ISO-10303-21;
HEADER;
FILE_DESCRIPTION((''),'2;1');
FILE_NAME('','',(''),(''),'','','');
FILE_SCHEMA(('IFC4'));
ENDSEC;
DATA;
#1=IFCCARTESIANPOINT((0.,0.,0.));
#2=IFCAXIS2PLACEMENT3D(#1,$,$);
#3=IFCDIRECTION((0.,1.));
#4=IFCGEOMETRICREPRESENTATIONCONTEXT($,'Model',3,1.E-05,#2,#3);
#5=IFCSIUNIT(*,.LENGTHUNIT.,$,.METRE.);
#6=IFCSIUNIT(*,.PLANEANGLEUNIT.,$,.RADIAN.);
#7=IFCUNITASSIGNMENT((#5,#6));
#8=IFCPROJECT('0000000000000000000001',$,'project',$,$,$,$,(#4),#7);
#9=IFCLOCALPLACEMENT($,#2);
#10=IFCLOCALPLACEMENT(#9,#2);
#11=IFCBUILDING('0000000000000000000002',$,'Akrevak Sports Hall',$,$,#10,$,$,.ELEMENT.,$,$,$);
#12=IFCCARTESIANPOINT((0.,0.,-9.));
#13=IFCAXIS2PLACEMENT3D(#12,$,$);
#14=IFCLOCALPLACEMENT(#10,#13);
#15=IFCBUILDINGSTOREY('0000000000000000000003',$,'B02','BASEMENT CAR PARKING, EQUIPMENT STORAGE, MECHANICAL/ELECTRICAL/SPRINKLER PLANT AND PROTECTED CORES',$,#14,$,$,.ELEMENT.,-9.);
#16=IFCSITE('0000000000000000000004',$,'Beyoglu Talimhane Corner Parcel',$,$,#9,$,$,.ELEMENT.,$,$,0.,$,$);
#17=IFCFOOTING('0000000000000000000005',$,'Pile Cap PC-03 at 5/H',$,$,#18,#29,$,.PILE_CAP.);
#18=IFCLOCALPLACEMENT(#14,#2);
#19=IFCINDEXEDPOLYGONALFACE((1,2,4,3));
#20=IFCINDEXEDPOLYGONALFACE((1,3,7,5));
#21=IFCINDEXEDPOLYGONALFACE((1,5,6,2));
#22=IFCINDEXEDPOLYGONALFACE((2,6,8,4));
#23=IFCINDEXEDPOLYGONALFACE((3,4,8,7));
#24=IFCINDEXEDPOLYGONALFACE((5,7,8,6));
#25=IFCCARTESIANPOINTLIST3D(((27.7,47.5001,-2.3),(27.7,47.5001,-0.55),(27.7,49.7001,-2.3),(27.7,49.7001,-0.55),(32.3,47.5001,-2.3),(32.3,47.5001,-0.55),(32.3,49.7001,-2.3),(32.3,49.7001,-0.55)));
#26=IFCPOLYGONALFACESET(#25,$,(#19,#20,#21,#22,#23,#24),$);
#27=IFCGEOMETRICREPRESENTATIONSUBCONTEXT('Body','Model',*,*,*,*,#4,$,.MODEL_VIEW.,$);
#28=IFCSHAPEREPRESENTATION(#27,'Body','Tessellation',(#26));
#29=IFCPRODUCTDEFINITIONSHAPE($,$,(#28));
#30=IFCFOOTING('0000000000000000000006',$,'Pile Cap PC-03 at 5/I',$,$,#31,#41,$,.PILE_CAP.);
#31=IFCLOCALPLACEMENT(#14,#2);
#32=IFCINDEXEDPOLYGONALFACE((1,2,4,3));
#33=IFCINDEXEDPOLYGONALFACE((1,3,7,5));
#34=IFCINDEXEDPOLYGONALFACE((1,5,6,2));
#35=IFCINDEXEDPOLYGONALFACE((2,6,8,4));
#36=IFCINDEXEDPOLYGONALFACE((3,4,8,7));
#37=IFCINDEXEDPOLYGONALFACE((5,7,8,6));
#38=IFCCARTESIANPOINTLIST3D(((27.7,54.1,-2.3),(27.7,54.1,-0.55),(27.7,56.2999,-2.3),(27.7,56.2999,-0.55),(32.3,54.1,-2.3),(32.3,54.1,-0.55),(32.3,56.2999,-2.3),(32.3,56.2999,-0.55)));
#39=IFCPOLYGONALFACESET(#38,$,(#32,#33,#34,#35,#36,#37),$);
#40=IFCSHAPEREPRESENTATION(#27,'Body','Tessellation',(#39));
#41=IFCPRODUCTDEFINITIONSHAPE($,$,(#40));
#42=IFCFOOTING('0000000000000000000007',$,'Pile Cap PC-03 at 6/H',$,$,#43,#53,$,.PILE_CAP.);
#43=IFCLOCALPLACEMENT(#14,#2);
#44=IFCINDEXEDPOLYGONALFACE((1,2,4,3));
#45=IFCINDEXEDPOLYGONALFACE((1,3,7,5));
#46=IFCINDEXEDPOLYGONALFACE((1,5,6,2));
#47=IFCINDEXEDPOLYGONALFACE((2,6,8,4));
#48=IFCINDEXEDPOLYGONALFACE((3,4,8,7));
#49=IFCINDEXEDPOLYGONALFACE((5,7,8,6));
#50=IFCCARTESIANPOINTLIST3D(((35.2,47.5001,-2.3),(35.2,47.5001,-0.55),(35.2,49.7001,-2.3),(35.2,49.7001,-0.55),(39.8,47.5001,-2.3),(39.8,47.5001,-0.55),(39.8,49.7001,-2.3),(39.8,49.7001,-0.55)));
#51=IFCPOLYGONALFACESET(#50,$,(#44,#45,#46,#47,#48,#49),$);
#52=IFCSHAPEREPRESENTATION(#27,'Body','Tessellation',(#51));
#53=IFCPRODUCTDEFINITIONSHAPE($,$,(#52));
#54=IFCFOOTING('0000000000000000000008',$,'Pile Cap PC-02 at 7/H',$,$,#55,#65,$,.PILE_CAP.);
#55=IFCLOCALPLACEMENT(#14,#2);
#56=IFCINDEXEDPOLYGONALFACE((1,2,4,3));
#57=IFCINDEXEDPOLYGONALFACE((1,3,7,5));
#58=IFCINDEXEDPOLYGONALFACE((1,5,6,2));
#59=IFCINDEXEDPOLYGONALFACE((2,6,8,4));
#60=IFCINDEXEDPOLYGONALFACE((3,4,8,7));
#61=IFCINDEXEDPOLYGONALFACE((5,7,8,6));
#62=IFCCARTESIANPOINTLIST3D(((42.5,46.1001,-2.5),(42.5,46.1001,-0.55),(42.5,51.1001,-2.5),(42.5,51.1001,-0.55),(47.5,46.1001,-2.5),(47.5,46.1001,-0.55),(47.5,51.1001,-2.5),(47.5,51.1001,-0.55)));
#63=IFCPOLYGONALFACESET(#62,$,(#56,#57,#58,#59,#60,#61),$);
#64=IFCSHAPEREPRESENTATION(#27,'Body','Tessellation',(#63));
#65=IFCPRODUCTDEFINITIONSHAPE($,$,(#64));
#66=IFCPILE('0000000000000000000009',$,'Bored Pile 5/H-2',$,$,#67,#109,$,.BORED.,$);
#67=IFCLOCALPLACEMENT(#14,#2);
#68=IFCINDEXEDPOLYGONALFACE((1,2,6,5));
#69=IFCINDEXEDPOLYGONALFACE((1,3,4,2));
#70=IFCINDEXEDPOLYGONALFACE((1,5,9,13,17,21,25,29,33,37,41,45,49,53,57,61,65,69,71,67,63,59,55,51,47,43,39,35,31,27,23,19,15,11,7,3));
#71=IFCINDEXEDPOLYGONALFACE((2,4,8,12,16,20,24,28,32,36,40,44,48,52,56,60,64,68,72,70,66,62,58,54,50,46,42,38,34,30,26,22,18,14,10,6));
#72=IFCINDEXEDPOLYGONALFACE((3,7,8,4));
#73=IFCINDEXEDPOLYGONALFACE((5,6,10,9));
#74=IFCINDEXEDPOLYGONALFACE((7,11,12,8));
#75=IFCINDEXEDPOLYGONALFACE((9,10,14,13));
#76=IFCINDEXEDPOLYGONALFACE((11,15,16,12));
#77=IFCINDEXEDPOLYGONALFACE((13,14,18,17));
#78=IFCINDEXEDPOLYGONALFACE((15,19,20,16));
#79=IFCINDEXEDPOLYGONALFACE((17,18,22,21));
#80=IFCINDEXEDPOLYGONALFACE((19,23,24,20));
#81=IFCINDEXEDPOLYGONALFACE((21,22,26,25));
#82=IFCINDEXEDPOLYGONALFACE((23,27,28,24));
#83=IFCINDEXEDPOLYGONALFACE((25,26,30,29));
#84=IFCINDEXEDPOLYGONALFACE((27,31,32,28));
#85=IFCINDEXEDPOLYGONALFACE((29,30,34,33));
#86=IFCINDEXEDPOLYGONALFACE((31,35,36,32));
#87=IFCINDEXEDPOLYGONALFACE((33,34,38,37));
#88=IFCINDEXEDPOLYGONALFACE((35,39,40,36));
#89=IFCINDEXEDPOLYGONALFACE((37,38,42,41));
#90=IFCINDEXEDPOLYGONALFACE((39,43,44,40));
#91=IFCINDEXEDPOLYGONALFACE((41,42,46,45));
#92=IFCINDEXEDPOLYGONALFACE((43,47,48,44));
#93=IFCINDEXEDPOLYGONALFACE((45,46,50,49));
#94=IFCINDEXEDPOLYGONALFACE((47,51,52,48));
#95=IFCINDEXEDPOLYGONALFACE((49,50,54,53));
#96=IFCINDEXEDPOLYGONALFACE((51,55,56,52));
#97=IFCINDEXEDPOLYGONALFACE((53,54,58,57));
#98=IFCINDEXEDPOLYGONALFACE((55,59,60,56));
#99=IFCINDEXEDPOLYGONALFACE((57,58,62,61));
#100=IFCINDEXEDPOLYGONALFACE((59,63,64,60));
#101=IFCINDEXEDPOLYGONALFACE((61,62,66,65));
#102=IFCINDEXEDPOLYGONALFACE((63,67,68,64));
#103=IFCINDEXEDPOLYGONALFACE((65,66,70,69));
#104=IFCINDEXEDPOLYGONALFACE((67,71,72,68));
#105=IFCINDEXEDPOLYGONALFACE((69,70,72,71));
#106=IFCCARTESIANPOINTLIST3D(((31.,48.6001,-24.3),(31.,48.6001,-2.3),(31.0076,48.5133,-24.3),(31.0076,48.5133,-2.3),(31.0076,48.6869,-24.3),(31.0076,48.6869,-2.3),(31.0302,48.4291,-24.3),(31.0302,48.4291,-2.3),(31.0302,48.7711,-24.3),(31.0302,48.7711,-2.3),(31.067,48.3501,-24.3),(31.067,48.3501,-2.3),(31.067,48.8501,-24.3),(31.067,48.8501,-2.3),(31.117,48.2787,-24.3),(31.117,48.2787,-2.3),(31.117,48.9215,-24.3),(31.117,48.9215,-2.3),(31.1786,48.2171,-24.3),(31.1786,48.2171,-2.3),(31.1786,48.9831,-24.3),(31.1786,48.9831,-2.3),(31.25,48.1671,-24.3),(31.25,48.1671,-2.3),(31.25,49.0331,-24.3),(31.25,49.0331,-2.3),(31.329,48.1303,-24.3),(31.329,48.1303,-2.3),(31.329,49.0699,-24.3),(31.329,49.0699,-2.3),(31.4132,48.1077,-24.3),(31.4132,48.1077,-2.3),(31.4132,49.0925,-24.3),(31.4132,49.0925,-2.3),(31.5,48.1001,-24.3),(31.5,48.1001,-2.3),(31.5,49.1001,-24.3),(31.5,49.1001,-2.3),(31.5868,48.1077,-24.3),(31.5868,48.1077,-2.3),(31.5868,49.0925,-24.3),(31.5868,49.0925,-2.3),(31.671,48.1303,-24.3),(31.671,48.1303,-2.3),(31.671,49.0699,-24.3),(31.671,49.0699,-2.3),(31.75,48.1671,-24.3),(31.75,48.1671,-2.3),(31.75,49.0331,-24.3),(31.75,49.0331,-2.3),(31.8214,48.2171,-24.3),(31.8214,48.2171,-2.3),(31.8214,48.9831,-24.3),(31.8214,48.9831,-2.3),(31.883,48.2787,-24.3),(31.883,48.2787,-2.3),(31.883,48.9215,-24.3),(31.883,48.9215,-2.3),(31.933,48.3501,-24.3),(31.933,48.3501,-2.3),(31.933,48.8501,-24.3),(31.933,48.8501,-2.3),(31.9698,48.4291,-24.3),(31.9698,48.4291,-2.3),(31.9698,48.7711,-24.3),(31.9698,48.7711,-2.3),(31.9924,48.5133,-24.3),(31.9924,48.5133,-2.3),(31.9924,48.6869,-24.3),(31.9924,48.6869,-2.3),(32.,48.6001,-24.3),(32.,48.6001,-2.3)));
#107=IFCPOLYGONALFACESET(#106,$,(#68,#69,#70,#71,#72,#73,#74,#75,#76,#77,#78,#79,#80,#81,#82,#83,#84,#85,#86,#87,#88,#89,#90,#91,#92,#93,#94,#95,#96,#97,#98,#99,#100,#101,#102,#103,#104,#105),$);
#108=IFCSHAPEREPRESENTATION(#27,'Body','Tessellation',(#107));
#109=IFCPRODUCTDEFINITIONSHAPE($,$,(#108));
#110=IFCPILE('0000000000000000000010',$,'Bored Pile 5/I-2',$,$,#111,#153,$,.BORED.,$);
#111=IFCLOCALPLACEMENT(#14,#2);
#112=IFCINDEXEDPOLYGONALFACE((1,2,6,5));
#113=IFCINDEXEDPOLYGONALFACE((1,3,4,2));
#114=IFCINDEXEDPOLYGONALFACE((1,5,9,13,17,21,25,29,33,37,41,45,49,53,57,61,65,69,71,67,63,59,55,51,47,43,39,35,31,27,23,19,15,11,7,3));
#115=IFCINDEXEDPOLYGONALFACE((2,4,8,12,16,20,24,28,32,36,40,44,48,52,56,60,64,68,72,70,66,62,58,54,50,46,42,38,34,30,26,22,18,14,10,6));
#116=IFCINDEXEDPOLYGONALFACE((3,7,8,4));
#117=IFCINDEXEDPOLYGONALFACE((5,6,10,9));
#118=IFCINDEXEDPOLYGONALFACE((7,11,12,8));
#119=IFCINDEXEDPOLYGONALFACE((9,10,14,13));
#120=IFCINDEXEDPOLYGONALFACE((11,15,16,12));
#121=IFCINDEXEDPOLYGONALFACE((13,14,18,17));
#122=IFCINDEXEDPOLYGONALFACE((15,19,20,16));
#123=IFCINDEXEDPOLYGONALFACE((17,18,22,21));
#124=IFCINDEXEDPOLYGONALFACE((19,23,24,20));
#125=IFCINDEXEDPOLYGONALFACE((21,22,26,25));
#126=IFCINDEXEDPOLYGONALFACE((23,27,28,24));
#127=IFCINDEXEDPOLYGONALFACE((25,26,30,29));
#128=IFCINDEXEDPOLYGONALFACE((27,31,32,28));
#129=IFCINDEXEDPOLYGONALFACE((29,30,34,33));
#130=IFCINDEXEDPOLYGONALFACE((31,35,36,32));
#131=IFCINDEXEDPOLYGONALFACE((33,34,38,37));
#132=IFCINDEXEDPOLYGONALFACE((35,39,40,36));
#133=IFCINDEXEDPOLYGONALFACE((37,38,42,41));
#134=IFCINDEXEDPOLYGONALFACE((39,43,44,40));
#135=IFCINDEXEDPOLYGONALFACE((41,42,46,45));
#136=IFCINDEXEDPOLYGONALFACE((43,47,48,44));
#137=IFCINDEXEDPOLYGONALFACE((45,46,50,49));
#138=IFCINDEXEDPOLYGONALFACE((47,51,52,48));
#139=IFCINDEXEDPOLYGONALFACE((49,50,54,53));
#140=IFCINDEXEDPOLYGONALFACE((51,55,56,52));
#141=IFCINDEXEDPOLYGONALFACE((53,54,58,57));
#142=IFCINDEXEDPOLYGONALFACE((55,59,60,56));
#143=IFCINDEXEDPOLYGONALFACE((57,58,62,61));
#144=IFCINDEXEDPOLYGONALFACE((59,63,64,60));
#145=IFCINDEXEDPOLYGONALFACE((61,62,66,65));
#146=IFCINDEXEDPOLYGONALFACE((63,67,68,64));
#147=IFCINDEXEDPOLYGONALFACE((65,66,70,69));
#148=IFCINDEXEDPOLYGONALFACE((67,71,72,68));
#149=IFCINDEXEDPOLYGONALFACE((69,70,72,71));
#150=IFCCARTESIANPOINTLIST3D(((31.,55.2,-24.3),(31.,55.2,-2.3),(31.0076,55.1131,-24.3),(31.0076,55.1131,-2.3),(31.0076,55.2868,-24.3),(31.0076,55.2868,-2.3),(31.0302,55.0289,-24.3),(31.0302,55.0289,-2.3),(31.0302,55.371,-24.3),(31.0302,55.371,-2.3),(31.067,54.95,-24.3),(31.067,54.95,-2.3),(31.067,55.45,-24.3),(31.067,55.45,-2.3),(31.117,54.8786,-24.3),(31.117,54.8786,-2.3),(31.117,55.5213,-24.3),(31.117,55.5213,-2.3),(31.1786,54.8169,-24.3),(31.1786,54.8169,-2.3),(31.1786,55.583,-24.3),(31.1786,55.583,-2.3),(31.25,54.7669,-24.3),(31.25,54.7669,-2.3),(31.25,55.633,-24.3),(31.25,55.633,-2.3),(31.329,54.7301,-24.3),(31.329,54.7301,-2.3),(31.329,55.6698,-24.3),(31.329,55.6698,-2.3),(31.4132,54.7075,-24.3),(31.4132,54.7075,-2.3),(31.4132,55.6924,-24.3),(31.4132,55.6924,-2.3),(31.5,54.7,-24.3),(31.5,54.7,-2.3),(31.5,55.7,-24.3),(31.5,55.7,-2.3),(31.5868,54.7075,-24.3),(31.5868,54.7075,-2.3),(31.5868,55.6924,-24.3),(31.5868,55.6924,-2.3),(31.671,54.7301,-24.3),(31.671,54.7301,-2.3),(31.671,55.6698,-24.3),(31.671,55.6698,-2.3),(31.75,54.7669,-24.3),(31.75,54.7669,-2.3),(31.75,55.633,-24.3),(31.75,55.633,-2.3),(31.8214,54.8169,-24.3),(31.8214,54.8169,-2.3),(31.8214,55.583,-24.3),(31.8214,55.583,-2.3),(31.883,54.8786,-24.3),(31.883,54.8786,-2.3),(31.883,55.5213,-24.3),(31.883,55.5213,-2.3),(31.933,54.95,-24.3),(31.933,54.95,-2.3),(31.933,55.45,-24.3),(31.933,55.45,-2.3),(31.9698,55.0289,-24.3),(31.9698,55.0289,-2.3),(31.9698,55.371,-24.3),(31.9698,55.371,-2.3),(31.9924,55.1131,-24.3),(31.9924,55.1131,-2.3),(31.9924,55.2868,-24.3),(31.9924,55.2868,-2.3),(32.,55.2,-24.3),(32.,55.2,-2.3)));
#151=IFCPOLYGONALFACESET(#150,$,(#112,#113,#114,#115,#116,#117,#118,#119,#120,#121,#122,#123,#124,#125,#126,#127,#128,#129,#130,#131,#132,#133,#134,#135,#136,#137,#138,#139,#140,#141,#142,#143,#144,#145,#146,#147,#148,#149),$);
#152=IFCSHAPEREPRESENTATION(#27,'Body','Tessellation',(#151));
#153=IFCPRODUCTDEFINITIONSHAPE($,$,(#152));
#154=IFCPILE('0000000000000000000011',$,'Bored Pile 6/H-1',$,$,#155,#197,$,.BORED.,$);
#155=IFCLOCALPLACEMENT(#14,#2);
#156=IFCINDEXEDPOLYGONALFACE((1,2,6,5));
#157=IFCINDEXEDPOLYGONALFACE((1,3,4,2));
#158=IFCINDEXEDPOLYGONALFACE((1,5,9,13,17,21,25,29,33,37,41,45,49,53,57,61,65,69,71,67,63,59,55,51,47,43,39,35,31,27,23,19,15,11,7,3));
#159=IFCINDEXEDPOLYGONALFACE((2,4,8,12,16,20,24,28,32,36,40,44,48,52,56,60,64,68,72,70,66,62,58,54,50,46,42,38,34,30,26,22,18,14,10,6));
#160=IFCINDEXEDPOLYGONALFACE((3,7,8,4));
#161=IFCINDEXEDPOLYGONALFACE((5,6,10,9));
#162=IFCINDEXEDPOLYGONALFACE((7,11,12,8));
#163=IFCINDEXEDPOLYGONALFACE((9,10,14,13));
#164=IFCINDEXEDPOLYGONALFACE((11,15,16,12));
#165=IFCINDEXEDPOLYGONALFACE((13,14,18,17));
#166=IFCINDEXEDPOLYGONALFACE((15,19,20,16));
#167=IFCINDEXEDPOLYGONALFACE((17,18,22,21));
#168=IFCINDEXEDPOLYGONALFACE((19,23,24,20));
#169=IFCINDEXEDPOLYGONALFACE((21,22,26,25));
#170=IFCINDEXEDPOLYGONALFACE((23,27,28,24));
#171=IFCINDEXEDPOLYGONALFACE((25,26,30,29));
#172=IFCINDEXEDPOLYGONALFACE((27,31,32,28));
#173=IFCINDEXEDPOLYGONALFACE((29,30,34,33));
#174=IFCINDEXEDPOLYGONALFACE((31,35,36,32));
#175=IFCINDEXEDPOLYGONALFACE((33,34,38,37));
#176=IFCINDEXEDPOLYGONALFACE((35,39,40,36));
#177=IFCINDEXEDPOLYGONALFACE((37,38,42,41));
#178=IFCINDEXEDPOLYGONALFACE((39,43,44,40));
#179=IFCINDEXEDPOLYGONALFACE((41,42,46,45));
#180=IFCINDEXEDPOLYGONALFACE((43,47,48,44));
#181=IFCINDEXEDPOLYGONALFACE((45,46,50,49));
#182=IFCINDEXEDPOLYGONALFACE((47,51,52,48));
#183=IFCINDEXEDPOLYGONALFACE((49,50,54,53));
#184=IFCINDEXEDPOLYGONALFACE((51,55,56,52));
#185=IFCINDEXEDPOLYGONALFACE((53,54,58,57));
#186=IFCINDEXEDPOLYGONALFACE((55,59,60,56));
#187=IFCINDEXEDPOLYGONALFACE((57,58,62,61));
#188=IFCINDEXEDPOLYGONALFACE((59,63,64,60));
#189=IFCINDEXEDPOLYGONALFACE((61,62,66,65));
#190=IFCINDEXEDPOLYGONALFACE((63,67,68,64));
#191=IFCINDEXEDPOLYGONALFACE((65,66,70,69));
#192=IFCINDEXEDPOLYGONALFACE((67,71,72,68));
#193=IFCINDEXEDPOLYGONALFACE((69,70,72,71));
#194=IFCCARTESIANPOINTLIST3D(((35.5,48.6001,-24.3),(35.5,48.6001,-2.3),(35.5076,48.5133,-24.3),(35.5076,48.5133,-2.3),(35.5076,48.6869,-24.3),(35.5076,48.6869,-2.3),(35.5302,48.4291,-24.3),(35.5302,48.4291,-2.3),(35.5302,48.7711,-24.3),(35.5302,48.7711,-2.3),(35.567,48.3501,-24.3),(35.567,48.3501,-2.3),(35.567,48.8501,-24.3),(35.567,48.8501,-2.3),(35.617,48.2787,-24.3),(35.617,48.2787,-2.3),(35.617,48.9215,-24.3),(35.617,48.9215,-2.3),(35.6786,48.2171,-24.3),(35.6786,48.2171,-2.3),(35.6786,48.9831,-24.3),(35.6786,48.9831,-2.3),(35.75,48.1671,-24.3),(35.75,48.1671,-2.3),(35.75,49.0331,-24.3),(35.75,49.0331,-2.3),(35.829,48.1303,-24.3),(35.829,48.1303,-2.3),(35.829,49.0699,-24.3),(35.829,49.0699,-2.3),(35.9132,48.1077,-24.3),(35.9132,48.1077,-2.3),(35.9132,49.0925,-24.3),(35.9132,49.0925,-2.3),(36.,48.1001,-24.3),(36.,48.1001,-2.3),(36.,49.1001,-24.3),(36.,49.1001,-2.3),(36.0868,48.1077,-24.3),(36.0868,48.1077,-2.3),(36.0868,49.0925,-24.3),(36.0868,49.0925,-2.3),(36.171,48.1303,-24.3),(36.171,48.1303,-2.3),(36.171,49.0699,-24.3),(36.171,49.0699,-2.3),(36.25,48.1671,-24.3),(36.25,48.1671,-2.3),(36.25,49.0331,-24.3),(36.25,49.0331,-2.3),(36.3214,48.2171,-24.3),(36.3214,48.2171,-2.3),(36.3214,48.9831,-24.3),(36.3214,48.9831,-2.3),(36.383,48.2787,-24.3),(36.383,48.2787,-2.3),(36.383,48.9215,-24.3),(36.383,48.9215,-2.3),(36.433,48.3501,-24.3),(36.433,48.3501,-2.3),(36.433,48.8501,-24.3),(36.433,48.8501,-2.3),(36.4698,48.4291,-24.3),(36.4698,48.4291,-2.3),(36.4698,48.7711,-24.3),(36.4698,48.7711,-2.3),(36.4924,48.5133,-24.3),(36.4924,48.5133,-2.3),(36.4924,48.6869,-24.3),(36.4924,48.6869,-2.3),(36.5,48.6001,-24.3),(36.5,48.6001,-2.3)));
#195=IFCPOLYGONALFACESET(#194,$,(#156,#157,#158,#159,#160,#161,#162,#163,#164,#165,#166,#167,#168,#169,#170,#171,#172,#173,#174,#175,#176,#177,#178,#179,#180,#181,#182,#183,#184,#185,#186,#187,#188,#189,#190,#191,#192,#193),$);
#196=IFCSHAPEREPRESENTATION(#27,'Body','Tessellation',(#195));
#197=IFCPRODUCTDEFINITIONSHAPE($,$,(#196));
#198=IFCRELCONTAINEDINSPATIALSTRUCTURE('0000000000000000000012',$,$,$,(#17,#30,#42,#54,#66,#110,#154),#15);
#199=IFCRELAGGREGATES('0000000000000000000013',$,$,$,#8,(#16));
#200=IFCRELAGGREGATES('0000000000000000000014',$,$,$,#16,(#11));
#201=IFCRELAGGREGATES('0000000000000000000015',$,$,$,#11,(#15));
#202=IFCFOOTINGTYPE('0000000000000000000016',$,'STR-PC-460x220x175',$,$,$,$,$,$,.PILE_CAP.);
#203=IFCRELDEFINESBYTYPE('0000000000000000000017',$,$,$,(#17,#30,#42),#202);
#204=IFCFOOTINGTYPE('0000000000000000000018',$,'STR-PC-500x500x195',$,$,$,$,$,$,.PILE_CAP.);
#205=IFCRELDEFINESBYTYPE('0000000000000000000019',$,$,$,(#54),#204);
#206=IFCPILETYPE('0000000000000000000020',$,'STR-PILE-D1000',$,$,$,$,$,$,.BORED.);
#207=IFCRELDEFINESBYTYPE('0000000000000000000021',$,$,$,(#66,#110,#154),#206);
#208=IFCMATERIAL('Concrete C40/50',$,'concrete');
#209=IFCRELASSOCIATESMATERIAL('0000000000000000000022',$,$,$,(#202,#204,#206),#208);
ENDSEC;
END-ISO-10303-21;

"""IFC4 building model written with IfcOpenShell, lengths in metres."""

from ifc_helpers import new_model, si_unit, direction, frame, origin, origin_2d, place, context, subcontext, project, spatial, rectangle, circle, extrude, material, material_profile, profile_set, type_object, element, save


model = new_model("IFC4")

# Units and contexts
model_context = context("Model", 3, precision=1e-05, world=origin(), true_north=direction((0.0, 1.0)))
body_context = subcontext(model_context, "Body", "Model", "MODEL_VIEW")
ifc_project = project(units=[si_unit("LENGTHUNIT", "METRE"), si_unit("PLANEANGLEUNIT", "RADIAN")], contexts=[model_context])

# Site, building, storey
site_placement = place(None, origin())
site = spatial("IfcSite", under=ifc_project, at=site_placement, Name="Beyoglu Talimhane Corner Parcel", CompositionType="ELEMENT", RefElevation=0.0)
building_placement = place(site_placement, origin())
building = spatial("IfcBuilding", under=site, at=building_placement, Name="Akrevak Sports Hall", CompositionType="ELEMENT")
storey_placement = place(building_placement, frame((0.0, 0.0, -9.0)))
storey = spatial("IfcBuildingStorey", under=building, at=storey_placement, Name="B02", Description="BASEMENT CAR PARKING, EQUIPMENT STORAGE, MECHANICAL/ELECTRICAL/SPRINKLER PLANT AND PROTECTED CORES", CompositionType="ELEMENT", Elevation=-9.0)

# Footings
ifc_material_1 = material(Name="Concrete C40/50", Category="concrete")
footing_type_1 = type_object("IfcFootingType", Name="STR-PC-460x220x175", PredefinedType="PILE_CAP", material=ifc_material_1)
for number, where, z_axis, x_axis, name in (
    (1, (30.0, 48.6001, -2.3), (0.0, 0.0, 1.0), (1.0, 0.0, 0.0), "Pile Cap PC-03 at 5/H"),
    (2, (30.0, 55.2, -2.3), (0.0, 0.0, 1.0), (1.0, 0.0, 0.0), "Pile Cap PC-03 at 5/I"),
    (3, (37.5, 48.6001, -2.3), (0.0, 0.0, 1.0), (1.0, 0.0, 0.0), "Pile Cap PC-03 at 6/H"),
):
    element("IfcFooting", number, at=place(storey_placement, frame(where, z_axis=z_axis, x_axis=x_axis)), inside=storey, type_object=footing_type_1, Name=name, PredefinedType="PILE_CAP", context=body_context, shape_type="SweptSolid", body=[
        extrude(rectangle(XDim=4.6001, YDim=2.2, at=origin_2d()), origin(), (0.0, 0.0, 1.0), 1.75),
    ])
footing_type_2 = type_object("IfcFootingType", Name="STR-PC-500x500x195", PredefinedType="PILE_CAP", material=ifc_material_1)
footing_placement = place(storey_placement, frame((45.0, 48.6001, -2.5), z_axis=(0.0, 0.0, 1.0), x_axis=(1.0, 0.0, 0.0)))
element("IfcFooting", 4, at=footing_placement, inside=storey, type_object=footing_type_2, Name="Pile Cap PC-02 at 7/H", PredefinedType="PILE_CAP", context=body_context, shape_type="SweptSolid", body=[
    extrude(rectangle(XDim=5.0, YDim=5.0, at=origin_2d()), origin(), (0.0, 0.0, 1.0), 1.95),
])

# Piles
ifc_material_profile_1 = material_profile(ifc_material_1, circle(Radius=0.5, at=origin_2d()), Name="BORED PILE D1000", Category="concrete")
ifc_profile_set_1 = profile_set([ifc_material_profile_1], Name="Concrete C40/50")
pile_type_1 = type_object("IfcPileType", Name="STR-PILE-D1000", PredefinedType="BORED", material=ifc_profile_set_1)
for number, where, z_axis, x_axis, name in (
    (5, (31.5, 48.6001, -2.3), (0.0, 0.0, -1.0), (1.0, 0.0, 0.0), "Bored Pile 5/H-2"),
    (6, (31.5, 55.2, -2.3), (0.0, 0.0, -1.0), (1.0, 0.0, 0.0), "Bored Pile 5/I-2"),
    (7, (36.0, 48.6001, -2.3), (0.0, 0.0, -1.0), (1.0, 0.0, 0.0), "Bored Pile 6/H-1"),
):
    element("IfcPile", number, at=place(storey_placement, frame(where, z_axis=z_axis, x_axis=x_axis)), inside=storey, type_object=pile_type_1, Name=name, PredefinedType="BORED", context=body_context, shape_type="SweptSolid", body=[
        extrude(circle(Radius=0.5, at=origin_2d()), origin(), (0.0, 0.0, 1.0), 22.0),
    ])

save(model, "model.ifc")
